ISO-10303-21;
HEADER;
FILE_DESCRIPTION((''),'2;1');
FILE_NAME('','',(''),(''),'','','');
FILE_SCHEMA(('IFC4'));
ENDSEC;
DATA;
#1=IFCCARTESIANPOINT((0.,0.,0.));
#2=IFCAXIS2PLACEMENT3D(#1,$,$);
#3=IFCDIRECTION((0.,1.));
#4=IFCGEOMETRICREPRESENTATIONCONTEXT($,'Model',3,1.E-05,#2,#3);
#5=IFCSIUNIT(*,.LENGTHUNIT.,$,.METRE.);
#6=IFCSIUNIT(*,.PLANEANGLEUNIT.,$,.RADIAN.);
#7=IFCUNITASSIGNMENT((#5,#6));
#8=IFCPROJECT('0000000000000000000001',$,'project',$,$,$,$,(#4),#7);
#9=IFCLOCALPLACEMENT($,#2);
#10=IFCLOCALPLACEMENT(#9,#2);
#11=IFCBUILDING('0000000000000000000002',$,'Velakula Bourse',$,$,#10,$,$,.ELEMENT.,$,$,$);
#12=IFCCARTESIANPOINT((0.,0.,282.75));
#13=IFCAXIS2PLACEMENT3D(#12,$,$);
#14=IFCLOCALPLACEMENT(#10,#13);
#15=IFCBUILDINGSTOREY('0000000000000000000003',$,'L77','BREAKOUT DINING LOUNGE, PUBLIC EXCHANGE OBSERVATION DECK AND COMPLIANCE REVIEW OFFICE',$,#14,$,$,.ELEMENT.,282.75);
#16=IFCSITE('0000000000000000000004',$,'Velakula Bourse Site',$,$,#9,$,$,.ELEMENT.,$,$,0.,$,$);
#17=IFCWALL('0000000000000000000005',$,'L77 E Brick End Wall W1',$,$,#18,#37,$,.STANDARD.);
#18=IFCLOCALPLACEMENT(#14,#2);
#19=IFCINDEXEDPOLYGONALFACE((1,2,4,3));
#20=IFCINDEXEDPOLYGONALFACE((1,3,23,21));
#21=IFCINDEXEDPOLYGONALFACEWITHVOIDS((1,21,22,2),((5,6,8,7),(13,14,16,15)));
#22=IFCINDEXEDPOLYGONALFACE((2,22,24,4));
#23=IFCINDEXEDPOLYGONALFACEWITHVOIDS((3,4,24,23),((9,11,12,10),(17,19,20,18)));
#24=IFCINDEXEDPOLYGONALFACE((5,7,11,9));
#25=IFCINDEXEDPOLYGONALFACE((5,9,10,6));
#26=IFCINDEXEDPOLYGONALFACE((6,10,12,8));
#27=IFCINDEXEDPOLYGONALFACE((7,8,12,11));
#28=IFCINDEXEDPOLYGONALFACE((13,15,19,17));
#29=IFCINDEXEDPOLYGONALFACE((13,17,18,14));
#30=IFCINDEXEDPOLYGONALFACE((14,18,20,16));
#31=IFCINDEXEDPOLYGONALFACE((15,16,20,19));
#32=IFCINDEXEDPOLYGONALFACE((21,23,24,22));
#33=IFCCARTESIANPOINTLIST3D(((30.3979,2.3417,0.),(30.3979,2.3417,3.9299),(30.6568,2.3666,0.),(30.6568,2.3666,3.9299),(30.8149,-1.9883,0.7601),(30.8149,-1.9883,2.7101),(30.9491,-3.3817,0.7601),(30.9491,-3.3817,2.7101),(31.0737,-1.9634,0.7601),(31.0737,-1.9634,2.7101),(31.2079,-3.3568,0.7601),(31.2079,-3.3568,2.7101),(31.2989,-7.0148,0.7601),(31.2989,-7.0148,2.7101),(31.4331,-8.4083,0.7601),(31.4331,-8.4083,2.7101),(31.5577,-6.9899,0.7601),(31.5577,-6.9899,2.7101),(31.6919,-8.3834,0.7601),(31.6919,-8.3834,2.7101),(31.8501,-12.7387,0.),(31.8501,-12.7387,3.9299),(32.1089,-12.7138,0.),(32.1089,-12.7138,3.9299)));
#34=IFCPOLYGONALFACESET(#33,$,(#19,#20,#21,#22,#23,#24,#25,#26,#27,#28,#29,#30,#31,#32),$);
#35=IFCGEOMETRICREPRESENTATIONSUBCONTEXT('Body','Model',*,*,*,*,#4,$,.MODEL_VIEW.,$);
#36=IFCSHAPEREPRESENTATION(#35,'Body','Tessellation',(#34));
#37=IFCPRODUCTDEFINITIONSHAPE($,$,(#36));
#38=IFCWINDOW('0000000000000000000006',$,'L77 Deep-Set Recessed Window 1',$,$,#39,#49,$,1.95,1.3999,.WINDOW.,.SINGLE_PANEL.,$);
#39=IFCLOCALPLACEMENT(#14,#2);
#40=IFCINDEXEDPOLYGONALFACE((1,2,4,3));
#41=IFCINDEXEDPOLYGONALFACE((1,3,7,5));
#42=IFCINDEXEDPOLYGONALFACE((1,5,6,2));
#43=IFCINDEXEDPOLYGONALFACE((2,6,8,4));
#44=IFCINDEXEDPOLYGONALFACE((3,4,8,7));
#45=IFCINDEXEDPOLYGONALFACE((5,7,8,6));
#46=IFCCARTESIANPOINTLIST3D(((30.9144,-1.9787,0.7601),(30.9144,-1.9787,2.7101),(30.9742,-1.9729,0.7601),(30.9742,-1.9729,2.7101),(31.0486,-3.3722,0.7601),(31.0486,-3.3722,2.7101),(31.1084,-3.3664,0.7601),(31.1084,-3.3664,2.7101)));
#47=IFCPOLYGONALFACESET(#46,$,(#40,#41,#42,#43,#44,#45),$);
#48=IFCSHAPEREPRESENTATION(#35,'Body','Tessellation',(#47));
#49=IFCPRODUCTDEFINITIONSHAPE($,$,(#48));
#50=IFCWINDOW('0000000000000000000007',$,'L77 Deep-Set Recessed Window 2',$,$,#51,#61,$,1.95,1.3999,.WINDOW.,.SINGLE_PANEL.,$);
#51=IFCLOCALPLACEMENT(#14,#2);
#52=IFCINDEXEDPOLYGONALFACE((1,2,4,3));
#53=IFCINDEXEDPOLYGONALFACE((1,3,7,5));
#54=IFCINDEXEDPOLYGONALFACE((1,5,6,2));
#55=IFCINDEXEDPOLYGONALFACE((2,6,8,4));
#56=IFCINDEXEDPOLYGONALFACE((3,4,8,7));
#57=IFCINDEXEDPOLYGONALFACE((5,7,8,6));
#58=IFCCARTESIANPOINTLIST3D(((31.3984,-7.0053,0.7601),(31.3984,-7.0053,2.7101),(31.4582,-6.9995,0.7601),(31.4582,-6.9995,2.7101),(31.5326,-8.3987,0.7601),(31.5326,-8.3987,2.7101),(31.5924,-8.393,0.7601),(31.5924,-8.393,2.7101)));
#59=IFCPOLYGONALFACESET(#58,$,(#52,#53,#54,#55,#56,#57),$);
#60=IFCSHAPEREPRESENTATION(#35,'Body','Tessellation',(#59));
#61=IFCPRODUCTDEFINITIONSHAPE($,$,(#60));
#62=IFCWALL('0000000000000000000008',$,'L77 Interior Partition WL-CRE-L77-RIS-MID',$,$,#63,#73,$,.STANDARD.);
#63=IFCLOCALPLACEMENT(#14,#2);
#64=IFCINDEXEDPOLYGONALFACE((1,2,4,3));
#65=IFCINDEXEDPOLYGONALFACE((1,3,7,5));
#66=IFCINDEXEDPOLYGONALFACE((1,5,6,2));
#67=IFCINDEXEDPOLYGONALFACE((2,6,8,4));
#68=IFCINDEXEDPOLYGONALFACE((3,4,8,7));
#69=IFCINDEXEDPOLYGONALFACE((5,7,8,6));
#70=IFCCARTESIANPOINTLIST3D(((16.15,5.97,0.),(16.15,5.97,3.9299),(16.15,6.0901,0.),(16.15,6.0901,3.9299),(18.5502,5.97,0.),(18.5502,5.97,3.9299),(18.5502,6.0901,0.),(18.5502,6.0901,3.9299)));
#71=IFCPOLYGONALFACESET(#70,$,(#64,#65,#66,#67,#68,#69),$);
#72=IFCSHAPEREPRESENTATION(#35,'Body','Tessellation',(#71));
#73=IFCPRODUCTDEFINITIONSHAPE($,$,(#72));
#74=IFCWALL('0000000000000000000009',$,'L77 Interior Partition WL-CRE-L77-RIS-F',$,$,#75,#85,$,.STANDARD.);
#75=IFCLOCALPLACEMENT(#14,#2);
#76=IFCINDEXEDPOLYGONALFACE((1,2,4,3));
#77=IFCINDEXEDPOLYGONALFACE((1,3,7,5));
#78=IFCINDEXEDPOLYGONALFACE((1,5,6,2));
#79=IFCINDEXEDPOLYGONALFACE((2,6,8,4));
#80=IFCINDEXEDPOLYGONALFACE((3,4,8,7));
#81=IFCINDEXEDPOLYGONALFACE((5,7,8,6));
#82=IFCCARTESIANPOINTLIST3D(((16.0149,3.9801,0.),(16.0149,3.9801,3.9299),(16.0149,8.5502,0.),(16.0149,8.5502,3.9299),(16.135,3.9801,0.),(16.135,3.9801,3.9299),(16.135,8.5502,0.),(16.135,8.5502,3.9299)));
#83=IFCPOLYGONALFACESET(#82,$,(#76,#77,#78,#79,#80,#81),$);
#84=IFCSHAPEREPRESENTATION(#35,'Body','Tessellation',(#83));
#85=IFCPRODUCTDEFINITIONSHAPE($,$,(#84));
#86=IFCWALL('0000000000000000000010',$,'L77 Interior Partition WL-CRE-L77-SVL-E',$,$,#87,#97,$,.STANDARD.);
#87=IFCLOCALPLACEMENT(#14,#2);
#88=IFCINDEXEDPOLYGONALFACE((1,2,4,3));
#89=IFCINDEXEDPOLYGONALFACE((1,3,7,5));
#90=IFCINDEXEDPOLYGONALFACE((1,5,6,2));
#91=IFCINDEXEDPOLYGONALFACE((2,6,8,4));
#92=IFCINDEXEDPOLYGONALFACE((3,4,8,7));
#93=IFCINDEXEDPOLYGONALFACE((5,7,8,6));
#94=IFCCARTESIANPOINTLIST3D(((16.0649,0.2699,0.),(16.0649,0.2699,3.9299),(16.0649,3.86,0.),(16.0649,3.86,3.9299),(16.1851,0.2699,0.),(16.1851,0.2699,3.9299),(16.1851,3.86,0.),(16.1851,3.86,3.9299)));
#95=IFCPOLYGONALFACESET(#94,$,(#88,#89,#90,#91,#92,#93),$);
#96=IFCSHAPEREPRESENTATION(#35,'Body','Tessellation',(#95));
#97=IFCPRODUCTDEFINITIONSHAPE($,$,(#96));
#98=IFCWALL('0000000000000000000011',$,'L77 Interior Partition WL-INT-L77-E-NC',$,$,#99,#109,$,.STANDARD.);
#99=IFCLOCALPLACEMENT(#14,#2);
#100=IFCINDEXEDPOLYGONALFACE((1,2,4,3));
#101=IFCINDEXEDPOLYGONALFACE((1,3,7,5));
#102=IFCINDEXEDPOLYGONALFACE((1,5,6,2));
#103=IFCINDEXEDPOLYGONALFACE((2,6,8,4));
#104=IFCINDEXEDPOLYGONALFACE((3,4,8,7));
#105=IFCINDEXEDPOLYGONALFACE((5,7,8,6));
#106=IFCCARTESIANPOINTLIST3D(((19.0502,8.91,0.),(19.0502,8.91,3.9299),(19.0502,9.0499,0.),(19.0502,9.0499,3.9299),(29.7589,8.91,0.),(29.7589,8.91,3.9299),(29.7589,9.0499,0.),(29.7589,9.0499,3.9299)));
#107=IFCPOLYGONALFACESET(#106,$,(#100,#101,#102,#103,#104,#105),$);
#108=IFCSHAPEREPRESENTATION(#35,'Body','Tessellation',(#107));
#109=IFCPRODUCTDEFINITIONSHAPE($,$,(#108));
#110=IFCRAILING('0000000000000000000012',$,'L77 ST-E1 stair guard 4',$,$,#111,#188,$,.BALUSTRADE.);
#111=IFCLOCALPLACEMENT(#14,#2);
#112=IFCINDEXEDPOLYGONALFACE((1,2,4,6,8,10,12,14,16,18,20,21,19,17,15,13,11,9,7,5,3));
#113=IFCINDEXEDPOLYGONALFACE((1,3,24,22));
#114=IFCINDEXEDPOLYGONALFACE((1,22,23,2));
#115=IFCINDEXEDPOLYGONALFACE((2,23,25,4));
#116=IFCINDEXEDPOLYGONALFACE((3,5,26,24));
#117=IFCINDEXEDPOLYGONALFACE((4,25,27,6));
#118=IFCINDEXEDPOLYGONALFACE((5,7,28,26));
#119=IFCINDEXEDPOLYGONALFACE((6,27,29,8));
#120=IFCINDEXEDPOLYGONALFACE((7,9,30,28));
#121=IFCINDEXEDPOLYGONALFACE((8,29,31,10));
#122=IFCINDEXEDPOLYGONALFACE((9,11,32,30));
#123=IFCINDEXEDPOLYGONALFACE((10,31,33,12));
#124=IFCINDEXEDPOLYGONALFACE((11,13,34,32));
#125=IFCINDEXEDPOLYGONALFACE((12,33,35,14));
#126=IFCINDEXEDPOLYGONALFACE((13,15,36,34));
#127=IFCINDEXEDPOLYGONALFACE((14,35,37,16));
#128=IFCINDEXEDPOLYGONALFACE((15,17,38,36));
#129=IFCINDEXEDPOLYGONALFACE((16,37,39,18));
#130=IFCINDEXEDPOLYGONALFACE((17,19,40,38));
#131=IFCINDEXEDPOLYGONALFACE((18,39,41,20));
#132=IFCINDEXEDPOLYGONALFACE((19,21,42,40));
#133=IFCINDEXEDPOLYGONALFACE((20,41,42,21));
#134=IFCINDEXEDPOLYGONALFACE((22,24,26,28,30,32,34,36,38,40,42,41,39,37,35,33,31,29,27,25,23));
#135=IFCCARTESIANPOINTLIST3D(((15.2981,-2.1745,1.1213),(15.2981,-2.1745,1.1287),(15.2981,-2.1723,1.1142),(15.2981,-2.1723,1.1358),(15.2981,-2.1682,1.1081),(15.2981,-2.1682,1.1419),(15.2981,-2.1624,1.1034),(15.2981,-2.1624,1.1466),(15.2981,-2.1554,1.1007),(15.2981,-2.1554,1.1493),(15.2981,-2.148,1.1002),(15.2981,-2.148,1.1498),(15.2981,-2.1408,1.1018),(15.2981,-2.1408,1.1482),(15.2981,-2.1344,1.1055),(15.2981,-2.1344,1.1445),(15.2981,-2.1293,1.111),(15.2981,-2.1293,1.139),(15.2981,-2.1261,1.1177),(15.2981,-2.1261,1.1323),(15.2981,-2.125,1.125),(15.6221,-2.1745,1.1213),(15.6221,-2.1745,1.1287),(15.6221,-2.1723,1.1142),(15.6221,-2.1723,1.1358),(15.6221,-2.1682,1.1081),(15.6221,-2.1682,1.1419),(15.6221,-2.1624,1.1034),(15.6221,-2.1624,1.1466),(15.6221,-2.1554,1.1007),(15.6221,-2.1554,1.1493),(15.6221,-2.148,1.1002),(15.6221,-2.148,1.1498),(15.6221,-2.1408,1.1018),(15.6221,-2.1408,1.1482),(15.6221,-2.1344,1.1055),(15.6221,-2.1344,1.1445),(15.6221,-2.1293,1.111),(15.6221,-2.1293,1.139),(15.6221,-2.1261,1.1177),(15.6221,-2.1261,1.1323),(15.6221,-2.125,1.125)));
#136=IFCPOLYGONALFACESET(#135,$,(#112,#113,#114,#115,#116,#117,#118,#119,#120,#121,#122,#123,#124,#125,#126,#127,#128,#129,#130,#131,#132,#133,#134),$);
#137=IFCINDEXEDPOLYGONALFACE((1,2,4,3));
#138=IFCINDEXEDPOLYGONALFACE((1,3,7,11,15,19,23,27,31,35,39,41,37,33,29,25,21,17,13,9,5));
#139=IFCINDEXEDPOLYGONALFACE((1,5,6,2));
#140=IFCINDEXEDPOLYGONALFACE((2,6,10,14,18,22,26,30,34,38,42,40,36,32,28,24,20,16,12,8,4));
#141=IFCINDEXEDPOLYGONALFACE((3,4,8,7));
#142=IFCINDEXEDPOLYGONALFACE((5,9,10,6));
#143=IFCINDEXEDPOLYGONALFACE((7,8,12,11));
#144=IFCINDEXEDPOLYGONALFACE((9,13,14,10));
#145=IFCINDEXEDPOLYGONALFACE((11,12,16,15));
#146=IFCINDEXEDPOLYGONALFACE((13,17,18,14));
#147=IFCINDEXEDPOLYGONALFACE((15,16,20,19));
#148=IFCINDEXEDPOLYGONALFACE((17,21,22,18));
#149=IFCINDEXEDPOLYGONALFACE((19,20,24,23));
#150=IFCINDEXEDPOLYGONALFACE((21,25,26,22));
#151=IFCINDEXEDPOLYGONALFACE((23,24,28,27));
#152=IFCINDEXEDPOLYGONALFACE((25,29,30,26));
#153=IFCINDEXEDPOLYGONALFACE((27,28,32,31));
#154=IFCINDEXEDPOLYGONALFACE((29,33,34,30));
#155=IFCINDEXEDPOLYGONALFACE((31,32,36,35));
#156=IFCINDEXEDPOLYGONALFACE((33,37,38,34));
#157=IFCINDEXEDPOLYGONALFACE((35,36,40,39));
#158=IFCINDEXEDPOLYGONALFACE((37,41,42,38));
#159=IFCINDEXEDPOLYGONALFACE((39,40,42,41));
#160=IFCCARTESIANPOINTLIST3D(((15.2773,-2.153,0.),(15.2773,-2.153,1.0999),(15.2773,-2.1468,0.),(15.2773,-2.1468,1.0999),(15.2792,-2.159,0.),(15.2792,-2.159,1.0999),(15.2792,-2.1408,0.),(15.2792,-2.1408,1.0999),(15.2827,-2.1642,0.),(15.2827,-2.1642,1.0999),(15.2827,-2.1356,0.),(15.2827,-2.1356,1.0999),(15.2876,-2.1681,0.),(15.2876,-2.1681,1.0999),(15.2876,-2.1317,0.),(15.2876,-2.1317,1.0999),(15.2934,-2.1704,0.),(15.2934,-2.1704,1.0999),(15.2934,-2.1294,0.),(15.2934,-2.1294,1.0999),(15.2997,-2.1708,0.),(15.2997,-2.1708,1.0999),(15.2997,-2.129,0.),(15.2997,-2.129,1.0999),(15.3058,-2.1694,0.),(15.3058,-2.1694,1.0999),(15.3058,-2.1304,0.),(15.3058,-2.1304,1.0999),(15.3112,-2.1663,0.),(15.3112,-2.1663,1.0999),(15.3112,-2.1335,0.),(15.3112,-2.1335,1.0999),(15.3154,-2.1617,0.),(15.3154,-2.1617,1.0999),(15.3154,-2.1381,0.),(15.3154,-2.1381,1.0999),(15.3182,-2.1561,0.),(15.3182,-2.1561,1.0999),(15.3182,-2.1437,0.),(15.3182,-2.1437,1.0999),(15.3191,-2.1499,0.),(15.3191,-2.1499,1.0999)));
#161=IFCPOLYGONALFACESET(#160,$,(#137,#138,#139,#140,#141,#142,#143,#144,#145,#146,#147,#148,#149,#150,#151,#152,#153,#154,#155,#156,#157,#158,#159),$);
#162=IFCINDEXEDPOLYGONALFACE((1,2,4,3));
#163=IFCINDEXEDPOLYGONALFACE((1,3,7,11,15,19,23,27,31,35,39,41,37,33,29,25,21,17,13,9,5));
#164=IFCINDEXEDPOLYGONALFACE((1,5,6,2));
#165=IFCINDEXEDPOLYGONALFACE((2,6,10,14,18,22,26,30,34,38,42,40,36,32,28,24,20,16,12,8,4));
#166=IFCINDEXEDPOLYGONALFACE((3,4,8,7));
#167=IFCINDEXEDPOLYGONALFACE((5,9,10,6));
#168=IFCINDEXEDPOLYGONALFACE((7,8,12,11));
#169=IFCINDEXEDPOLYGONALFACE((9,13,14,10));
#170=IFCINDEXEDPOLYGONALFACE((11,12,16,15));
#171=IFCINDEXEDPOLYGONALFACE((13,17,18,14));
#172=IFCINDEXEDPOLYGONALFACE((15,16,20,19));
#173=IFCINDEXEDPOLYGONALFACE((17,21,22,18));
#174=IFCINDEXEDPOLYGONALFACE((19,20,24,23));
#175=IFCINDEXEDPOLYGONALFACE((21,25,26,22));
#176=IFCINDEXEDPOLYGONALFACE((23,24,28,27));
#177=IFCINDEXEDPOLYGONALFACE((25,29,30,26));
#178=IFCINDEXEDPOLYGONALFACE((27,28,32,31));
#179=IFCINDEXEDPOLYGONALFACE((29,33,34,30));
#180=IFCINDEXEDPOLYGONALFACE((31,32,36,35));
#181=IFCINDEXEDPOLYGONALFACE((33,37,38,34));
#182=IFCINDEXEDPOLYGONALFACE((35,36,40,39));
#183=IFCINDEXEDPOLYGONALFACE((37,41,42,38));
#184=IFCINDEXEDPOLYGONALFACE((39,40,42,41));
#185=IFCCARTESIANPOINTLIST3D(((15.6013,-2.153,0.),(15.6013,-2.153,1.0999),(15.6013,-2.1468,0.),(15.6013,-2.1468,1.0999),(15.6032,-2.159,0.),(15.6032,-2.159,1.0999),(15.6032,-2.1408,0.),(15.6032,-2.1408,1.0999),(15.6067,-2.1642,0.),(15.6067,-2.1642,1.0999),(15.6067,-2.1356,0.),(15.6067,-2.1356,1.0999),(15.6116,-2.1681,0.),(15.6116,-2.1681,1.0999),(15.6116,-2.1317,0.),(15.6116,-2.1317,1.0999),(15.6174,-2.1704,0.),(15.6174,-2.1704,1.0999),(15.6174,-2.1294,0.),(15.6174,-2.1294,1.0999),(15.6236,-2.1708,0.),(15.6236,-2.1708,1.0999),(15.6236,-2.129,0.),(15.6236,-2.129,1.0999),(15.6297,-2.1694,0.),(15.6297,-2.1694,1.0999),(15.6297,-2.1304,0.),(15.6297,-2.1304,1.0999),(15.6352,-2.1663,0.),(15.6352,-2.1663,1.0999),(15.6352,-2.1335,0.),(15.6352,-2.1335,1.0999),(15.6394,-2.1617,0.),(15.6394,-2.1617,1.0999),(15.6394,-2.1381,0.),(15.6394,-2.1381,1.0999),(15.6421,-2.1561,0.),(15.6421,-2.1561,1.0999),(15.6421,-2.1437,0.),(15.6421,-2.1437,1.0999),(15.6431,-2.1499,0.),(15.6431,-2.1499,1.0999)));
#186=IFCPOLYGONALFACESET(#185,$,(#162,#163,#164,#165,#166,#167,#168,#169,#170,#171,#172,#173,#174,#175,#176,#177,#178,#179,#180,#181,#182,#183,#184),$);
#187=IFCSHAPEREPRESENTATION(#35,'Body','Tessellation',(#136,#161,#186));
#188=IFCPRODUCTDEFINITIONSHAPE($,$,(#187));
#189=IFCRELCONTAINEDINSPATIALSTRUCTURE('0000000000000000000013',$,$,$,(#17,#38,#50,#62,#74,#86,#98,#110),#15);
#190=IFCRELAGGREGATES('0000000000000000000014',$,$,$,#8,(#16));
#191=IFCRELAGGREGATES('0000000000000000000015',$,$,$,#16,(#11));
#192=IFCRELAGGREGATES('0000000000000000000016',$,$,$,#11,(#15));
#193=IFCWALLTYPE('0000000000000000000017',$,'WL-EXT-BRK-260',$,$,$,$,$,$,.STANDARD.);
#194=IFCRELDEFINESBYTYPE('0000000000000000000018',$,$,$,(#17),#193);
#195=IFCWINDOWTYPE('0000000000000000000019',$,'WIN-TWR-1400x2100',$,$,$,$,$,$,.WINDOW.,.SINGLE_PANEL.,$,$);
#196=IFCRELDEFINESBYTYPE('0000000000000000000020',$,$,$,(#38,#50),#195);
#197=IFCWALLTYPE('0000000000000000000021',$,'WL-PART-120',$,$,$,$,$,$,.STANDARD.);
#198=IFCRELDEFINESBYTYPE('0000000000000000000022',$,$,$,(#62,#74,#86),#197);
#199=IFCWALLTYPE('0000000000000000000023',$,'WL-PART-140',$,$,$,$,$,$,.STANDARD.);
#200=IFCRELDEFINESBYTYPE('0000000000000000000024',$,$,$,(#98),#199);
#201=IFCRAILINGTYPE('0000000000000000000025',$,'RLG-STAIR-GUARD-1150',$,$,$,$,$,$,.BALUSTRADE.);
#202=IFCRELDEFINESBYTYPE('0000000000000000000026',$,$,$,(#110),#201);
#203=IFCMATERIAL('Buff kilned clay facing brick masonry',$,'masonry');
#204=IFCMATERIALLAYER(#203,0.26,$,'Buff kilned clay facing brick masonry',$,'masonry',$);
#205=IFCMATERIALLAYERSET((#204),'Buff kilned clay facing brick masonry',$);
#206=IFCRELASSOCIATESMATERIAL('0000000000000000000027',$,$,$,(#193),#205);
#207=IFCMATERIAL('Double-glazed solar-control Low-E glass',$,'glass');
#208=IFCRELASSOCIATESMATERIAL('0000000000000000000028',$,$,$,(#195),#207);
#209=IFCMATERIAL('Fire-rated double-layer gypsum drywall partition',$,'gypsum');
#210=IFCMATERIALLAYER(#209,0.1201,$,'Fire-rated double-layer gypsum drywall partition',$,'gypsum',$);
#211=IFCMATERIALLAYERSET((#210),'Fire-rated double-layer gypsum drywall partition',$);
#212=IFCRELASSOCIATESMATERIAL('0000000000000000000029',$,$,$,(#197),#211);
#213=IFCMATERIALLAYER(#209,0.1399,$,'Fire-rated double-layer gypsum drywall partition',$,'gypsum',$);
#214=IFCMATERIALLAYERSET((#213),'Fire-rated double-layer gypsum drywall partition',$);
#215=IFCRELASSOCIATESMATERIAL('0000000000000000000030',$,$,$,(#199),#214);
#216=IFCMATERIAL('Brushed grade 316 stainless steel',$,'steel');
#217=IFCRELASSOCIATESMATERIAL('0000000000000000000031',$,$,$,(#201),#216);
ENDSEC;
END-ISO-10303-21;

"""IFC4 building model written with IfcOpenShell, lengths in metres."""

from ifc_helpers import new_model, si_unit, direction, frame, frame_2d, origin, origin_2d, place, context, subcontext, project, spatial, rectangle, circle, extrude, material, layer, layer_set, type_object, element, fill, save


model = new_model("IFC4")

# Units and contexts
model_context = context("Model", 3, precision=1e-05, world=origin(), true_north=direction((0.0, 1.0)))
body_context = subcontext(model_context, "Body", "Model", "MODEL_VIEW")
ifc_project = project(units=[si_unit("LENGTHUNIT", "METRE"), si_unit("PLANEANGLEUNIT", "RADIAN")], contexts=[model_context])

# Site, building, storey
site_placement = place(None, origin())
site = spatial("IfcSite", under=ifc_project, at=site_placement, Name="Velakula Bourse Site", CompositionType="ELEMENT", RefElevation=0.0)
building_placement = place(site_placement, origin())
building = spatial("IfcBuilding", under=site, at=building_placement, Name="Velakula Bourse", CompositionType="ELEMENT")
storey_placement = place(building_placement, frame((0.0, 0.0, 282.75)))
storey = spatial("IfcBuildingStorey", under=building, at=storey_placement, Name="L77", Description="BREAKOUT DINING LOUNGE, PUBLIC EXCHANGE OBSERVATION DECK AND COMPLIANCE REVIEW OFFICE", CompositionType="ELEMENT", Elevation=282.75)

# Wall, openings, windows
ifc_material_1 = material(Name="Buff kilned clay facing brick masonry", Category="masonry")
ifc_layer_1 = layer(ifc_material_1, 0.26, Name="Buff kilned clay facing brick masonry", Category="masonry")
ifc_layer_set_1 = layer_set([ifc_layer_1], Name="Buff kilned clay facing brick masonry")
wall_type_1 = type_object("IfcWallType", Name="WL-EXT-BRK-260", PredefinedType="STANDARD", material=ifc_layer_set_1)
wall_1_placement = place(storey_placement, frame((30.5273, 2.3542, 0.0), z_axis=(0.0, 0.0, 1.0), x_axis=(0.095851, -0.995396, 0.0)))
wall_1 = element("IfcWall", 1, at=wall_1_placement, inside=storey, type_object=wall_type_1, Name="L77 E Brick End Wall W1", PredefinedType="STANDARD", context=body_context, shape_type="SweptSolid", body=[
    extrude(rectangle(XDim=15.1501, YDim=0.26, at=frame_2d((7.5752, 0.0))), origin(), (0.0, 0.0, 1.0), 3.9299),
])
opening_1_placement = place(wall_1_placement, frame((4.3501, 0.0, 0.76)))
opening_1 = element("IfcOpeningElement", 2, at=opening_1_placement, cuts=wall_1, PredefinedType="OPENING", context=body_context, shape_type="SweptSolid", body=[
    extrude(rectangle(XDim=1.3999, YDim=1.95, at=frame_2d((0.7, 0.9751))), frame((0.0, 0.1399, 0.0), z_axis=(0.0, -1.0, 0.0), x_axis=(1.0, 0.0, 0.0)), (0.0, 0.0, 1.0), 0.28),
])
opening_2_placement = place(wall_1_placement, frame((9.3999, 0.0, 0.76)))
opening_2 = element("IfcOpeningElement", 3, at=opening_2_placement, cuts=wall_1, PredefinedType="OPENING", context=body_context, shape_type="SweptSolid", body=[
    extrude(rectangle(XDim=1.3999, YDim=1.95, at=frame_2d((0.7, 0.9751))), frame((0.0, 0.1399, 0.0), z_axis=(0.0, -1.0, 0.0), x_axis=(1.0, 0.0, 0.0)), (0.0, 0.0, 1.0), 0.28),
])
ifc_material_2 = material(Name="Double-glazed solar-control Low-E glass", Category="glass")
window_type = type_object("IfcWindowType", Name="WIN-TWR-1400x2100", PartitioningType="SINGLE_PANEL", PredefinedType="WINDOW", material=ifc_material_2)
window_1_placement = place(opening_1_placement, origin())
window_1 = element("IfcWindow", 4, at=window_1_placement, inside=storey, type_object=window_type, Name="L77 Deep-Set Recessed Window 1", OverallHeight=1.95, OverallWidth=1.3999, PartitioningType="SINGLE_PANEL", PredefinedType="WINDOW", context=body_context, shape_type="SweptSolid", body=[
    extrude(rectangle(XDim=1.3999, YDim=1.95, at=frame_2d((0.7, 0.9751))), frame((0.0, 0.03, 0.0), z_axis=(0.0, -1.0, 0.0), x_axis=(1.0, 0.0, 0.0)), (0.0, 0.0, 1.0), 0.0601),
])
fill(opening_1, window_1)
window_2_placement = place(opening_2_placement, origin())
window_2 = element("IfcWindow", 5, at=window_2_placement, inside=storey, type_object=window_type, Name="L77 Deep-Set Recessed Window 2", OverallHeight=1.95, OverallWidth=1.3999, PartitioningType="SINGLE_PANEL", PredefinedType="WINDOW", context=body_context, shape_type="SweptSolid", body=[
    extrude(rectangle(XDim=1.3999, YDim=1.95, at=frame_2d((0.7, 0.9751))), frame((0.0, 0.03, 0.0), z_axis=(0.0, -1.0, 0.0), x_axis=(1.0, 0.0, 0.0)), (0.0, 0.0, 1.0), 0.0601),
])
fill(opening_2, window_2)

# Walls
ifc_material_3 = material(Name="Fire-rated double-layer gypsum drywall partition", Category="gypsum")
ifc_layer_2 = layer(ifc_material_3, 0.1201, Name="Fire-rated double-layer gypsum drywall partition", Category="gypsum")
ifc_layer_set_2 = layer_set([ifc_layer_2], Name="Fire-rated double-layer gypsum drywall partition")
wall_type_2 = type_object("IfcWallType", Name="WL-PART-120", PredefinedType="STANDARD", material=ifc_layer_set_2)
wall_2_placement = place(storey_placement, frame((16.1499, 6.03, 0.0), z_axis=(0.0, 0.0, 1.0), x_axis=(1.0, 0.0, 0.0)))
element("IfcWall", 6, at=wall_2_placement, inside=storey, type_object=wall_type_2, Name="L77 Interior Partition WL-CRE-L77-RIS-MID", PredefinedType="STANDARD", context=body_context, shape_type="SweptSolid", body=[
    extrude(rectangle(XDim=2.4001, YDim=0.1201, at=frame_2d((1.2002, 0.0))), origin(), (0.0, 0.0, 1.0), 3.9299),
])
wall_3_placement = place(storey_placement, frame((16.075, 3.98, 0.0), z_axis=(0.0, 0.0, 1.0), x_axis=(0.0, 1.0, 0.0)))
element("IfcWall", 7, at=wall_3_placement, inside=storey, type_object=wall_type_2, Name="L77 Interior Partition WL-CRE-L77-RIS-F", PredefinedType="STANDARD", context=body_context, shape_type="SweptSolid", body=[
    extrude(rectangle(XDim=4.5701, YDim=0.1201, at=frame_2d((2.2852, 0.0))), origin(), (0.0, 0.0, 1.0), 3.9299),
])
wall_4_placement = place(storey_placement, frame((16.125, 0.27, 0.0), z_axis=(0.0, 0.0, 1.0), x_axis=(0.0, 1.0, 0.0)))
element("IfcWall", 8, at=wall_4_placement, inside=storey, type_object=wall_type_2, Name="L77 Interior Partition WL-CRE-L77-SVL-E", PredefinedType="STANDARD", context=body_context, shape_type="SweptSolid", body=[
    extrude(rectangle(XDim=3.5901, YDim=0.1201, at=frame_2d((1.7949, 0.0))), origin(), (0.0, 0.0, 1.0), 3.9299),
])
ifc_layer_3 = layer(ifc_material_3, 0.1399, Name="Fire-rated double-layer gypsum drywall partition", Category="gypsum")
ifc_layer_set_3 = layer_set([ifc_layer_3], Name="Fire-rated double-layer gypsum drywall partition")
wall_type_3 = type_object("IfcWallType", Name="WL-PART-140", PredefinedType="STANDARD", material=ifc_layer_set_3)
wall_5_placement = place(storey_placement, frame((19.05, 8.98, 0.0), z_axis=(0.0, 0.0, 1.0), x_axis=(1.0, 0.0, 0.0)))
element("IfcWall", 9, at=wall_5_placement, inside=storey, type_object=wall_type_3, Name="L77 Interior Partition WL-INT-L77-E-NC", PredefinedType="STANDARD", context=body_context, shape_type="SweptSolid", body=[
    extrude(rectangle(XDim=10.7087, YDim=0.1399, at=frame_2d((5.3545, 0.0))), origin(), (0.0, 0.0, 1.0), 3.9299),
])

# Railing
ifc_material_4 = material(Name="Brushed grade 316 stainless steel", Category="steel")
railing_type = type_object("IfcRailingType", Name="RLG-STAIR-GUARD-1150", PredefinedType="BALUSTRADE", material=ifc_material_4)
railing_placement = place(storey_placement, frame((15.2981, -2.1499, 0.0)))
element("IfcRailing", 10, at=railing_placement, inside=storey, type_object=railing_type, Name="L77 ST-E1 stair guard 4", PredefinedType="BALUSTRADE", context=body_context, shape_type="SweptSolid", body=[
    extrude(circle(Radius=0.0249, at=origin_2d()), frame((0.0, 0.0, 1.125), z_axis=(1.0, 0.0, 0.0), x_axis=(0.0, 1.0, 0.0)), (0.0, 0.0, 1.0), 0.324),
    extrude(circle(Radius=0.021, at=origin_2d()), origin(), (0.0, 0.0, 1.0), 1.0999),
    extrude(circle(Radius=0.021, at=origin_2d()), frame((0.324, 0.0, 0.0)), (0.0, 0.0, 1.0), 1.0999),
])

save(model, "model.ifc")
